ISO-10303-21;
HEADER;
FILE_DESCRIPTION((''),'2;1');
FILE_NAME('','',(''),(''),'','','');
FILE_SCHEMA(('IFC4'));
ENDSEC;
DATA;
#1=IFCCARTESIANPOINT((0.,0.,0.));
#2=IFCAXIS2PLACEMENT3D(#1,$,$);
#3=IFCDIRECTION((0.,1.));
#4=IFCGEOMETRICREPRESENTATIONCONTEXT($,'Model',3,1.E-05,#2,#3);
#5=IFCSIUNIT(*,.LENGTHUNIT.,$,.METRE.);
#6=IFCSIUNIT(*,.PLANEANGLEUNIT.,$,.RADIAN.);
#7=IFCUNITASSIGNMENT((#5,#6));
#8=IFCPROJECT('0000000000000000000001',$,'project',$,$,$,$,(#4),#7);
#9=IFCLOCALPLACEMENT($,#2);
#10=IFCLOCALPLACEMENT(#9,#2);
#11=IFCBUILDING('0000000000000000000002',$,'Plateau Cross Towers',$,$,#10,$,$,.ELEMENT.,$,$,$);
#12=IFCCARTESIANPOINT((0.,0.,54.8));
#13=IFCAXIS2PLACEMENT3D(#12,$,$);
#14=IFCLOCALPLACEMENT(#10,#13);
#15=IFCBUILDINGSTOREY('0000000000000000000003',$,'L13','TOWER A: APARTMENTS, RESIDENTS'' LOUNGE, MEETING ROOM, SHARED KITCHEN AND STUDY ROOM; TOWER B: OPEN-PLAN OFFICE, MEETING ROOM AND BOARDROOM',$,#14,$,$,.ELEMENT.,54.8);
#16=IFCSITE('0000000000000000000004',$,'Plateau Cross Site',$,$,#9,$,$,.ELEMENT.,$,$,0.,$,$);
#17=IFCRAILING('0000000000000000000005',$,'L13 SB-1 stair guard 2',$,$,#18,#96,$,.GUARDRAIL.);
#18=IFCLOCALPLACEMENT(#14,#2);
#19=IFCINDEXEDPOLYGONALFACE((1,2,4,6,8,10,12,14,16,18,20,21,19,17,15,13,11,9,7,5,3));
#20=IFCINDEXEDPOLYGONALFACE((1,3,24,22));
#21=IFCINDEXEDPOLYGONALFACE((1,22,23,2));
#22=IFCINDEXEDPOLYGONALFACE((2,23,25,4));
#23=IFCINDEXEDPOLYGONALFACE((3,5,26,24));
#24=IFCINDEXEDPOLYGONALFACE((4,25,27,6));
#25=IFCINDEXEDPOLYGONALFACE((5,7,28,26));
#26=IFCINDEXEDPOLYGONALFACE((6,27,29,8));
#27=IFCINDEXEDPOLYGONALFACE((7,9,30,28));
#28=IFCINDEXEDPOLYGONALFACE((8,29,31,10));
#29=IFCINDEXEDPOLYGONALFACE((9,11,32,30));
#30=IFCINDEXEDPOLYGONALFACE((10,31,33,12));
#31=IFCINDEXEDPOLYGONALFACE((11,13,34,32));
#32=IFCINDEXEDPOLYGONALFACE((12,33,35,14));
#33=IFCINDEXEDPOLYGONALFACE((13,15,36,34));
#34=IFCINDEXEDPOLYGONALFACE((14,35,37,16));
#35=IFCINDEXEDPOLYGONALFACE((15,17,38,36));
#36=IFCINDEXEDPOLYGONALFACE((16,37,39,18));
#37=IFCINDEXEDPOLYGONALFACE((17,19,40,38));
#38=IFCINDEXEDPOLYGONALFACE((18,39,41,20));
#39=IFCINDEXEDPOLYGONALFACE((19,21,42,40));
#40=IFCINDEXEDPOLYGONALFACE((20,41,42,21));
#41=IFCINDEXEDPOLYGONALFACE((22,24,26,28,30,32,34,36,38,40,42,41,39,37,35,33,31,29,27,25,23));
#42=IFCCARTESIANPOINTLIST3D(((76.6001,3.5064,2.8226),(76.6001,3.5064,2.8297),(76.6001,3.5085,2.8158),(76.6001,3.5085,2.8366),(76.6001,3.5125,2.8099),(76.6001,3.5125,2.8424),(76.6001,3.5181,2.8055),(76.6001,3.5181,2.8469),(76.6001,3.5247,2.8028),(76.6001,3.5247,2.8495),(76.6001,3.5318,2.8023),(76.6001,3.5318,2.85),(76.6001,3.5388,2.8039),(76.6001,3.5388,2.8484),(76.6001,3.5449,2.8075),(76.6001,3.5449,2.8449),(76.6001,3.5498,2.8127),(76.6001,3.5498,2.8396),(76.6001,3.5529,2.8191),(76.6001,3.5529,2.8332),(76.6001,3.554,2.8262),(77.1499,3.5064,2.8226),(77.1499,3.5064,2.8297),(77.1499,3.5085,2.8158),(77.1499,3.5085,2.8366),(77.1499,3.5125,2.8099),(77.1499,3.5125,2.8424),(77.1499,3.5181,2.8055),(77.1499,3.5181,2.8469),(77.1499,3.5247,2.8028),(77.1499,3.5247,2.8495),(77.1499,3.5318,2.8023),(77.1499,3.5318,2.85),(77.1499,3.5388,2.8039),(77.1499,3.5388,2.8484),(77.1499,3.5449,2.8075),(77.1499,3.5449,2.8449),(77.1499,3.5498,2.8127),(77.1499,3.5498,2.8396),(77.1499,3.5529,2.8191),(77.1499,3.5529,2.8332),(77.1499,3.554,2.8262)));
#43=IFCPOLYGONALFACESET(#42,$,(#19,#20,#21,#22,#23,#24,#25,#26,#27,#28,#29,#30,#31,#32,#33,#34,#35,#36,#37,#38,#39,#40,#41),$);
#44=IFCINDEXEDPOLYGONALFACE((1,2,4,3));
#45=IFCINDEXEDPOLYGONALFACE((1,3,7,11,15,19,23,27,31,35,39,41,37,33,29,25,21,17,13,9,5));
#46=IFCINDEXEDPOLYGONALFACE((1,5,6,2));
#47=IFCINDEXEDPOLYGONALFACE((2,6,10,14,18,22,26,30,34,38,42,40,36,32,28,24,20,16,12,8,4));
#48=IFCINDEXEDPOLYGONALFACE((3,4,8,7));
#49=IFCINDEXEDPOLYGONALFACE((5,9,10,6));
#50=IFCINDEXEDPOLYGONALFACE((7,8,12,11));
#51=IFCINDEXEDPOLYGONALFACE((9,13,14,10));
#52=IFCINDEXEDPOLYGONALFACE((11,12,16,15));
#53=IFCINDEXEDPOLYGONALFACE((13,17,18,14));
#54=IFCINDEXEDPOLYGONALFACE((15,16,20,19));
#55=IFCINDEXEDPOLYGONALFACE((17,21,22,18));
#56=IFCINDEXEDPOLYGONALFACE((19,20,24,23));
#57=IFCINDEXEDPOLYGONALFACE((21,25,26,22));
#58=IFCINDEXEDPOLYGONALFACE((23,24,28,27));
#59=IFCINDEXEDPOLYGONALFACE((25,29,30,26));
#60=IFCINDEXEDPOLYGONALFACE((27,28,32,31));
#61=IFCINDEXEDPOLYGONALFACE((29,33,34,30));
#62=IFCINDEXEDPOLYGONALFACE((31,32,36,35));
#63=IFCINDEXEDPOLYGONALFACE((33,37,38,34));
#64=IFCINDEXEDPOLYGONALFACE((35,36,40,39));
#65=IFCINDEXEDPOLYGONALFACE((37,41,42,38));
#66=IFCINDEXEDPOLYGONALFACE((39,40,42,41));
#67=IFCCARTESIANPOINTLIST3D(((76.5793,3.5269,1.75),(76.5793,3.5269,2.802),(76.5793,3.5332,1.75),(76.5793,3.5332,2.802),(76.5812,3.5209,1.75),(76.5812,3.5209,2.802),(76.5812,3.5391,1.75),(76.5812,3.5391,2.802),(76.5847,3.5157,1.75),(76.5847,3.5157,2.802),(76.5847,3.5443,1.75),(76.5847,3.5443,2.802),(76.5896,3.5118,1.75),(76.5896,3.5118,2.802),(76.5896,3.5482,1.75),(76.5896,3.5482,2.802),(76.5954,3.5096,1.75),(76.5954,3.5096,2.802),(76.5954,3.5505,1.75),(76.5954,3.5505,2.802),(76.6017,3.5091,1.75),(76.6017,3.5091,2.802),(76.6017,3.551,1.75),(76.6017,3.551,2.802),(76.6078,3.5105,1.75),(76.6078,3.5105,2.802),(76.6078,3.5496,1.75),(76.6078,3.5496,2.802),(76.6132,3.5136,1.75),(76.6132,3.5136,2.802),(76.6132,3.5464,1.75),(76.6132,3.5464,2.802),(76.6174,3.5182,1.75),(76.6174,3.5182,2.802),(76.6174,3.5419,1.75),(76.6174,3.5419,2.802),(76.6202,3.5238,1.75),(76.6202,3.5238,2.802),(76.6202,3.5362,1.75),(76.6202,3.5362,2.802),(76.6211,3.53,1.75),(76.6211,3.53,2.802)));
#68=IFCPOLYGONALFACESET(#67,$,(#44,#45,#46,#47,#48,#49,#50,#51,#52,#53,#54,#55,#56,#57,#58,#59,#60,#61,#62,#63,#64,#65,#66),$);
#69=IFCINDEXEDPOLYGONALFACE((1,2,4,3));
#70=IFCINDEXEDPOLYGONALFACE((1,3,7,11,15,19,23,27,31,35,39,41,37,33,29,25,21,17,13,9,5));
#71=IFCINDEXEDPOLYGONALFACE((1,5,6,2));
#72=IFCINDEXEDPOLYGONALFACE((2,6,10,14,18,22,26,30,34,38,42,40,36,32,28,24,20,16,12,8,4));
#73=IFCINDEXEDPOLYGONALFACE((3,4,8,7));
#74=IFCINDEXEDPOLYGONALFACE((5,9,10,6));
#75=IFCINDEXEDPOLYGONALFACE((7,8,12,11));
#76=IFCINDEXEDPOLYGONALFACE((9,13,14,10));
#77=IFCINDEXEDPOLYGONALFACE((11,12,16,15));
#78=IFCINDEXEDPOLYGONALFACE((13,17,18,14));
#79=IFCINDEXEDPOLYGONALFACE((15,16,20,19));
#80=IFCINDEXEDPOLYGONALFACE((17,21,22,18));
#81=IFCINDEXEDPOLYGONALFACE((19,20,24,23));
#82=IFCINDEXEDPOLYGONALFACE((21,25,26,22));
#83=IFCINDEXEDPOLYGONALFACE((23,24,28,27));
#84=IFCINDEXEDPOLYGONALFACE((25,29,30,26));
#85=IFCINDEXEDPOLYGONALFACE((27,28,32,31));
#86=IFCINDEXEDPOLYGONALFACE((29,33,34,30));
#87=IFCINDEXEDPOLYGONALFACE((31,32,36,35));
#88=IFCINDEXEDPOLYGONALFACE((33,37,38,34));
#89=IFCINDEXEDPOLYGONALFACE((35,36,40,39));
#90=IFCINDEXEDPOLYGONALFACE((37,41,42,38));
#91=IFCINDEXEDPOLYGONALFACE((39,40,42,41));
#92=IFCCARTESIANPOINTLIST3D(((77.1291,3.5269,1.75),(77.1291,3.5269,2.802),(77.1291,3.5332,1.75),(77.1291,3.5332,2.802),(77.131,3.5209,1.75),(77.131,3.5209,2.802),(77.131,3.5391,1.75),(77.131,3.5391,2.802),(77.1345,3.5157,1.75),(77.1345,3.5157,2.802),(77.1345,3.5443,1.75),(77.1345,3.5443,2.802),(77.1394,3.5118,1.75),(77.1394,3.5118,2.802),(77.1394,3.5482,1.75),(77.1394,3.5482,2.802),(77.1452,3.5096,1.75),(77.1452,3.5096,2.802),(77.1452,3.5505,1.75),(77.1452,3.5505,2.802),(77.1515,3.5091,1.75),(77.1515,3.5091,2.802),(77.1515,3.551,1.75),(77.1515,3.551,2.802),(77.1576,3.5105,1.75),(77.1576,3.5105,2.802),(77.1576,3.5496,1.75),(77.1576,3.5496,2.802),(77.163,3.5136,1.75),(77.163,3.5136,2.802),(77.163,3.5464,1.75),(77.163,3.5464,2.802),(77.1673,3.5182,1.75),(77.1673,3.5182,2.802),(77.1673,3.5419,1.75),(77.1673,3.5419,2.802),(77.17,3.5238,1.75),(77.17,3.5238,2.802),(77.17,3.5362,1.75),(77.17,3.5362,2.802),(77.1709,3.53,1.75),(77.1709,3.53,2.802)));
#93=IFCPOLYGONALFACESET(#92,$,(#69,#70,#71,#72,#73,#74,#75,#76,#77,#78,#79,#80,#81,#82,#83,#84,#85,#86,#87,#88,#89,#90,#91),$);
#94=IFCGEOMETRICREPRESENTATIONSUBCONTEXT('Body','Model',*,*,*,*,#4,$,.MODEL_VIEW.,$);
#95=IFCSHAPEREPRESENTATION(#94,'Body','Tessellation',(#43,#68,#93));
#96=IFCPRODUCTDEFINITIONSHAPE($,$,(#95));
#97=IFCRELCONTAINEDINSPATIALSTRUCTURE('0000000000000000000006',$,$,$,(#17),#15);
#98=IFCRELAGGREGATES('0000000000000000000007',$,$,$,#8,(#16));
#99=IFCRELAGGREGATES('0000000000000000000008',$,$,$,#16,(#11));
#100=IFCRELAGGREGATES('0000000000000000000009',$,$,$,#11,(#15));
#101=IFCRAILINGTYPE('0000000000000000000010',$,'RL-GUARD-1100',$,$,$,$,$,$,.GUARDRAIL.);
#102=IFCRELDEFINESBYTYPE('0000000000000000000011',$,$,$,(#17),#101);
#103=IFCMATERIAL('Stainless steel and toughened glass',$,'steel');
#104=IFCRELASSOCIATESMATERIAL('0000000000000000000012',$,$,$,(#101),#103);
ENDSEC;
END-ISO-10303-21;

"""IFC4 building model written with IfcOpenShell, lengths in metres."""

from ifc_helpers import new_model, si_unit, direction, frame, origin, origin_2d, place, context, subcontext, project, spatial, circle, extrude, material, type_object, element, save


model = new_model("IFC4")

# Units and contexts
model_context = context("Model", 3, precision=1e-05, world=origin(), true_north=direction((0.0, 1.0)))
body_context = subcontext(model_context, "Body", "Model", "MODEL_VIEW")
ifc_project = project(units=[si_unit("LENGTHUNIT", "METRE"), si_unit("PLANEANGLEUNIT", "RADIAN")], contexts=[model_context])

# Site, building, storey
site_placement = place(None, origin())
site = spatial("IfcSite", under=ifc_project, at=site_placement, Name="Plateau Cross Site", CompositionType="ELEMENT", RefElevation=0.0)
building_placement = place(site_placement, origin())
building = spatial("IfcBuilding", under=site, at=building_placement, Name="Plateau Cross Towers", CompositionType="ELEMENT")
storey_placement = place(building_placement, frame((0.0, 0.0, 54.8)))
storey = spatial("IfcBuildingStorey", under=building, at=storey_placement, Name="L13", Description="TOWER A: APARTMENTS, RESIDENTS' LOUNGE, MEETING ROOM, SHARED KITCHEN AND STUDY ROOM; TOWER B: OPEN-PLAN OFFICE, MEETING ROOM AND BOARDROOM", CompositionType="ELEMENT", Elevation=54.8)

# Railing
ifc_material_1 = material(Name="Stainless steel and toughened glass", Category="steel")
railing_type_1 = type_object("IfcRailingType", Name="RL-GUARD-1100", PredefinedType="GUARDRAIL", material=ifc_material_1)
railing_1_placement = place(storey_placement, frame((76.6001, 3.53, 1.75)))
element("IfcRailing", 1, at=railing_1_placement, inside=storey, type_object=railing_type_1, Name="L13 SB-1 stair guard 2", PredefinedType="GUARDRAIL", context=body_context, shape_type="SweptSolid", body=[
    extrude(circle(Radius=0.0239, at=origin_2d()), frame((0.0, 0.0, 1.0762), z_axis=(1.0, 0.0, 0.0), x_axis=(0.0, 1.0, 0.0)), (0.0, 0.0, 1.0), 0.5498),
    extrude(circle(Radius=0.021, at=origin_2d()), origin(), (0.0, 0.0, 1.0), 1.052),
    extrude(circle(Radius=0.021, at=origin_2d()), frame((0.5498, 0.0, 0.0)), (0.0, 0.0, 1.0), 1.052),
])

save(model, "model.ifc")
